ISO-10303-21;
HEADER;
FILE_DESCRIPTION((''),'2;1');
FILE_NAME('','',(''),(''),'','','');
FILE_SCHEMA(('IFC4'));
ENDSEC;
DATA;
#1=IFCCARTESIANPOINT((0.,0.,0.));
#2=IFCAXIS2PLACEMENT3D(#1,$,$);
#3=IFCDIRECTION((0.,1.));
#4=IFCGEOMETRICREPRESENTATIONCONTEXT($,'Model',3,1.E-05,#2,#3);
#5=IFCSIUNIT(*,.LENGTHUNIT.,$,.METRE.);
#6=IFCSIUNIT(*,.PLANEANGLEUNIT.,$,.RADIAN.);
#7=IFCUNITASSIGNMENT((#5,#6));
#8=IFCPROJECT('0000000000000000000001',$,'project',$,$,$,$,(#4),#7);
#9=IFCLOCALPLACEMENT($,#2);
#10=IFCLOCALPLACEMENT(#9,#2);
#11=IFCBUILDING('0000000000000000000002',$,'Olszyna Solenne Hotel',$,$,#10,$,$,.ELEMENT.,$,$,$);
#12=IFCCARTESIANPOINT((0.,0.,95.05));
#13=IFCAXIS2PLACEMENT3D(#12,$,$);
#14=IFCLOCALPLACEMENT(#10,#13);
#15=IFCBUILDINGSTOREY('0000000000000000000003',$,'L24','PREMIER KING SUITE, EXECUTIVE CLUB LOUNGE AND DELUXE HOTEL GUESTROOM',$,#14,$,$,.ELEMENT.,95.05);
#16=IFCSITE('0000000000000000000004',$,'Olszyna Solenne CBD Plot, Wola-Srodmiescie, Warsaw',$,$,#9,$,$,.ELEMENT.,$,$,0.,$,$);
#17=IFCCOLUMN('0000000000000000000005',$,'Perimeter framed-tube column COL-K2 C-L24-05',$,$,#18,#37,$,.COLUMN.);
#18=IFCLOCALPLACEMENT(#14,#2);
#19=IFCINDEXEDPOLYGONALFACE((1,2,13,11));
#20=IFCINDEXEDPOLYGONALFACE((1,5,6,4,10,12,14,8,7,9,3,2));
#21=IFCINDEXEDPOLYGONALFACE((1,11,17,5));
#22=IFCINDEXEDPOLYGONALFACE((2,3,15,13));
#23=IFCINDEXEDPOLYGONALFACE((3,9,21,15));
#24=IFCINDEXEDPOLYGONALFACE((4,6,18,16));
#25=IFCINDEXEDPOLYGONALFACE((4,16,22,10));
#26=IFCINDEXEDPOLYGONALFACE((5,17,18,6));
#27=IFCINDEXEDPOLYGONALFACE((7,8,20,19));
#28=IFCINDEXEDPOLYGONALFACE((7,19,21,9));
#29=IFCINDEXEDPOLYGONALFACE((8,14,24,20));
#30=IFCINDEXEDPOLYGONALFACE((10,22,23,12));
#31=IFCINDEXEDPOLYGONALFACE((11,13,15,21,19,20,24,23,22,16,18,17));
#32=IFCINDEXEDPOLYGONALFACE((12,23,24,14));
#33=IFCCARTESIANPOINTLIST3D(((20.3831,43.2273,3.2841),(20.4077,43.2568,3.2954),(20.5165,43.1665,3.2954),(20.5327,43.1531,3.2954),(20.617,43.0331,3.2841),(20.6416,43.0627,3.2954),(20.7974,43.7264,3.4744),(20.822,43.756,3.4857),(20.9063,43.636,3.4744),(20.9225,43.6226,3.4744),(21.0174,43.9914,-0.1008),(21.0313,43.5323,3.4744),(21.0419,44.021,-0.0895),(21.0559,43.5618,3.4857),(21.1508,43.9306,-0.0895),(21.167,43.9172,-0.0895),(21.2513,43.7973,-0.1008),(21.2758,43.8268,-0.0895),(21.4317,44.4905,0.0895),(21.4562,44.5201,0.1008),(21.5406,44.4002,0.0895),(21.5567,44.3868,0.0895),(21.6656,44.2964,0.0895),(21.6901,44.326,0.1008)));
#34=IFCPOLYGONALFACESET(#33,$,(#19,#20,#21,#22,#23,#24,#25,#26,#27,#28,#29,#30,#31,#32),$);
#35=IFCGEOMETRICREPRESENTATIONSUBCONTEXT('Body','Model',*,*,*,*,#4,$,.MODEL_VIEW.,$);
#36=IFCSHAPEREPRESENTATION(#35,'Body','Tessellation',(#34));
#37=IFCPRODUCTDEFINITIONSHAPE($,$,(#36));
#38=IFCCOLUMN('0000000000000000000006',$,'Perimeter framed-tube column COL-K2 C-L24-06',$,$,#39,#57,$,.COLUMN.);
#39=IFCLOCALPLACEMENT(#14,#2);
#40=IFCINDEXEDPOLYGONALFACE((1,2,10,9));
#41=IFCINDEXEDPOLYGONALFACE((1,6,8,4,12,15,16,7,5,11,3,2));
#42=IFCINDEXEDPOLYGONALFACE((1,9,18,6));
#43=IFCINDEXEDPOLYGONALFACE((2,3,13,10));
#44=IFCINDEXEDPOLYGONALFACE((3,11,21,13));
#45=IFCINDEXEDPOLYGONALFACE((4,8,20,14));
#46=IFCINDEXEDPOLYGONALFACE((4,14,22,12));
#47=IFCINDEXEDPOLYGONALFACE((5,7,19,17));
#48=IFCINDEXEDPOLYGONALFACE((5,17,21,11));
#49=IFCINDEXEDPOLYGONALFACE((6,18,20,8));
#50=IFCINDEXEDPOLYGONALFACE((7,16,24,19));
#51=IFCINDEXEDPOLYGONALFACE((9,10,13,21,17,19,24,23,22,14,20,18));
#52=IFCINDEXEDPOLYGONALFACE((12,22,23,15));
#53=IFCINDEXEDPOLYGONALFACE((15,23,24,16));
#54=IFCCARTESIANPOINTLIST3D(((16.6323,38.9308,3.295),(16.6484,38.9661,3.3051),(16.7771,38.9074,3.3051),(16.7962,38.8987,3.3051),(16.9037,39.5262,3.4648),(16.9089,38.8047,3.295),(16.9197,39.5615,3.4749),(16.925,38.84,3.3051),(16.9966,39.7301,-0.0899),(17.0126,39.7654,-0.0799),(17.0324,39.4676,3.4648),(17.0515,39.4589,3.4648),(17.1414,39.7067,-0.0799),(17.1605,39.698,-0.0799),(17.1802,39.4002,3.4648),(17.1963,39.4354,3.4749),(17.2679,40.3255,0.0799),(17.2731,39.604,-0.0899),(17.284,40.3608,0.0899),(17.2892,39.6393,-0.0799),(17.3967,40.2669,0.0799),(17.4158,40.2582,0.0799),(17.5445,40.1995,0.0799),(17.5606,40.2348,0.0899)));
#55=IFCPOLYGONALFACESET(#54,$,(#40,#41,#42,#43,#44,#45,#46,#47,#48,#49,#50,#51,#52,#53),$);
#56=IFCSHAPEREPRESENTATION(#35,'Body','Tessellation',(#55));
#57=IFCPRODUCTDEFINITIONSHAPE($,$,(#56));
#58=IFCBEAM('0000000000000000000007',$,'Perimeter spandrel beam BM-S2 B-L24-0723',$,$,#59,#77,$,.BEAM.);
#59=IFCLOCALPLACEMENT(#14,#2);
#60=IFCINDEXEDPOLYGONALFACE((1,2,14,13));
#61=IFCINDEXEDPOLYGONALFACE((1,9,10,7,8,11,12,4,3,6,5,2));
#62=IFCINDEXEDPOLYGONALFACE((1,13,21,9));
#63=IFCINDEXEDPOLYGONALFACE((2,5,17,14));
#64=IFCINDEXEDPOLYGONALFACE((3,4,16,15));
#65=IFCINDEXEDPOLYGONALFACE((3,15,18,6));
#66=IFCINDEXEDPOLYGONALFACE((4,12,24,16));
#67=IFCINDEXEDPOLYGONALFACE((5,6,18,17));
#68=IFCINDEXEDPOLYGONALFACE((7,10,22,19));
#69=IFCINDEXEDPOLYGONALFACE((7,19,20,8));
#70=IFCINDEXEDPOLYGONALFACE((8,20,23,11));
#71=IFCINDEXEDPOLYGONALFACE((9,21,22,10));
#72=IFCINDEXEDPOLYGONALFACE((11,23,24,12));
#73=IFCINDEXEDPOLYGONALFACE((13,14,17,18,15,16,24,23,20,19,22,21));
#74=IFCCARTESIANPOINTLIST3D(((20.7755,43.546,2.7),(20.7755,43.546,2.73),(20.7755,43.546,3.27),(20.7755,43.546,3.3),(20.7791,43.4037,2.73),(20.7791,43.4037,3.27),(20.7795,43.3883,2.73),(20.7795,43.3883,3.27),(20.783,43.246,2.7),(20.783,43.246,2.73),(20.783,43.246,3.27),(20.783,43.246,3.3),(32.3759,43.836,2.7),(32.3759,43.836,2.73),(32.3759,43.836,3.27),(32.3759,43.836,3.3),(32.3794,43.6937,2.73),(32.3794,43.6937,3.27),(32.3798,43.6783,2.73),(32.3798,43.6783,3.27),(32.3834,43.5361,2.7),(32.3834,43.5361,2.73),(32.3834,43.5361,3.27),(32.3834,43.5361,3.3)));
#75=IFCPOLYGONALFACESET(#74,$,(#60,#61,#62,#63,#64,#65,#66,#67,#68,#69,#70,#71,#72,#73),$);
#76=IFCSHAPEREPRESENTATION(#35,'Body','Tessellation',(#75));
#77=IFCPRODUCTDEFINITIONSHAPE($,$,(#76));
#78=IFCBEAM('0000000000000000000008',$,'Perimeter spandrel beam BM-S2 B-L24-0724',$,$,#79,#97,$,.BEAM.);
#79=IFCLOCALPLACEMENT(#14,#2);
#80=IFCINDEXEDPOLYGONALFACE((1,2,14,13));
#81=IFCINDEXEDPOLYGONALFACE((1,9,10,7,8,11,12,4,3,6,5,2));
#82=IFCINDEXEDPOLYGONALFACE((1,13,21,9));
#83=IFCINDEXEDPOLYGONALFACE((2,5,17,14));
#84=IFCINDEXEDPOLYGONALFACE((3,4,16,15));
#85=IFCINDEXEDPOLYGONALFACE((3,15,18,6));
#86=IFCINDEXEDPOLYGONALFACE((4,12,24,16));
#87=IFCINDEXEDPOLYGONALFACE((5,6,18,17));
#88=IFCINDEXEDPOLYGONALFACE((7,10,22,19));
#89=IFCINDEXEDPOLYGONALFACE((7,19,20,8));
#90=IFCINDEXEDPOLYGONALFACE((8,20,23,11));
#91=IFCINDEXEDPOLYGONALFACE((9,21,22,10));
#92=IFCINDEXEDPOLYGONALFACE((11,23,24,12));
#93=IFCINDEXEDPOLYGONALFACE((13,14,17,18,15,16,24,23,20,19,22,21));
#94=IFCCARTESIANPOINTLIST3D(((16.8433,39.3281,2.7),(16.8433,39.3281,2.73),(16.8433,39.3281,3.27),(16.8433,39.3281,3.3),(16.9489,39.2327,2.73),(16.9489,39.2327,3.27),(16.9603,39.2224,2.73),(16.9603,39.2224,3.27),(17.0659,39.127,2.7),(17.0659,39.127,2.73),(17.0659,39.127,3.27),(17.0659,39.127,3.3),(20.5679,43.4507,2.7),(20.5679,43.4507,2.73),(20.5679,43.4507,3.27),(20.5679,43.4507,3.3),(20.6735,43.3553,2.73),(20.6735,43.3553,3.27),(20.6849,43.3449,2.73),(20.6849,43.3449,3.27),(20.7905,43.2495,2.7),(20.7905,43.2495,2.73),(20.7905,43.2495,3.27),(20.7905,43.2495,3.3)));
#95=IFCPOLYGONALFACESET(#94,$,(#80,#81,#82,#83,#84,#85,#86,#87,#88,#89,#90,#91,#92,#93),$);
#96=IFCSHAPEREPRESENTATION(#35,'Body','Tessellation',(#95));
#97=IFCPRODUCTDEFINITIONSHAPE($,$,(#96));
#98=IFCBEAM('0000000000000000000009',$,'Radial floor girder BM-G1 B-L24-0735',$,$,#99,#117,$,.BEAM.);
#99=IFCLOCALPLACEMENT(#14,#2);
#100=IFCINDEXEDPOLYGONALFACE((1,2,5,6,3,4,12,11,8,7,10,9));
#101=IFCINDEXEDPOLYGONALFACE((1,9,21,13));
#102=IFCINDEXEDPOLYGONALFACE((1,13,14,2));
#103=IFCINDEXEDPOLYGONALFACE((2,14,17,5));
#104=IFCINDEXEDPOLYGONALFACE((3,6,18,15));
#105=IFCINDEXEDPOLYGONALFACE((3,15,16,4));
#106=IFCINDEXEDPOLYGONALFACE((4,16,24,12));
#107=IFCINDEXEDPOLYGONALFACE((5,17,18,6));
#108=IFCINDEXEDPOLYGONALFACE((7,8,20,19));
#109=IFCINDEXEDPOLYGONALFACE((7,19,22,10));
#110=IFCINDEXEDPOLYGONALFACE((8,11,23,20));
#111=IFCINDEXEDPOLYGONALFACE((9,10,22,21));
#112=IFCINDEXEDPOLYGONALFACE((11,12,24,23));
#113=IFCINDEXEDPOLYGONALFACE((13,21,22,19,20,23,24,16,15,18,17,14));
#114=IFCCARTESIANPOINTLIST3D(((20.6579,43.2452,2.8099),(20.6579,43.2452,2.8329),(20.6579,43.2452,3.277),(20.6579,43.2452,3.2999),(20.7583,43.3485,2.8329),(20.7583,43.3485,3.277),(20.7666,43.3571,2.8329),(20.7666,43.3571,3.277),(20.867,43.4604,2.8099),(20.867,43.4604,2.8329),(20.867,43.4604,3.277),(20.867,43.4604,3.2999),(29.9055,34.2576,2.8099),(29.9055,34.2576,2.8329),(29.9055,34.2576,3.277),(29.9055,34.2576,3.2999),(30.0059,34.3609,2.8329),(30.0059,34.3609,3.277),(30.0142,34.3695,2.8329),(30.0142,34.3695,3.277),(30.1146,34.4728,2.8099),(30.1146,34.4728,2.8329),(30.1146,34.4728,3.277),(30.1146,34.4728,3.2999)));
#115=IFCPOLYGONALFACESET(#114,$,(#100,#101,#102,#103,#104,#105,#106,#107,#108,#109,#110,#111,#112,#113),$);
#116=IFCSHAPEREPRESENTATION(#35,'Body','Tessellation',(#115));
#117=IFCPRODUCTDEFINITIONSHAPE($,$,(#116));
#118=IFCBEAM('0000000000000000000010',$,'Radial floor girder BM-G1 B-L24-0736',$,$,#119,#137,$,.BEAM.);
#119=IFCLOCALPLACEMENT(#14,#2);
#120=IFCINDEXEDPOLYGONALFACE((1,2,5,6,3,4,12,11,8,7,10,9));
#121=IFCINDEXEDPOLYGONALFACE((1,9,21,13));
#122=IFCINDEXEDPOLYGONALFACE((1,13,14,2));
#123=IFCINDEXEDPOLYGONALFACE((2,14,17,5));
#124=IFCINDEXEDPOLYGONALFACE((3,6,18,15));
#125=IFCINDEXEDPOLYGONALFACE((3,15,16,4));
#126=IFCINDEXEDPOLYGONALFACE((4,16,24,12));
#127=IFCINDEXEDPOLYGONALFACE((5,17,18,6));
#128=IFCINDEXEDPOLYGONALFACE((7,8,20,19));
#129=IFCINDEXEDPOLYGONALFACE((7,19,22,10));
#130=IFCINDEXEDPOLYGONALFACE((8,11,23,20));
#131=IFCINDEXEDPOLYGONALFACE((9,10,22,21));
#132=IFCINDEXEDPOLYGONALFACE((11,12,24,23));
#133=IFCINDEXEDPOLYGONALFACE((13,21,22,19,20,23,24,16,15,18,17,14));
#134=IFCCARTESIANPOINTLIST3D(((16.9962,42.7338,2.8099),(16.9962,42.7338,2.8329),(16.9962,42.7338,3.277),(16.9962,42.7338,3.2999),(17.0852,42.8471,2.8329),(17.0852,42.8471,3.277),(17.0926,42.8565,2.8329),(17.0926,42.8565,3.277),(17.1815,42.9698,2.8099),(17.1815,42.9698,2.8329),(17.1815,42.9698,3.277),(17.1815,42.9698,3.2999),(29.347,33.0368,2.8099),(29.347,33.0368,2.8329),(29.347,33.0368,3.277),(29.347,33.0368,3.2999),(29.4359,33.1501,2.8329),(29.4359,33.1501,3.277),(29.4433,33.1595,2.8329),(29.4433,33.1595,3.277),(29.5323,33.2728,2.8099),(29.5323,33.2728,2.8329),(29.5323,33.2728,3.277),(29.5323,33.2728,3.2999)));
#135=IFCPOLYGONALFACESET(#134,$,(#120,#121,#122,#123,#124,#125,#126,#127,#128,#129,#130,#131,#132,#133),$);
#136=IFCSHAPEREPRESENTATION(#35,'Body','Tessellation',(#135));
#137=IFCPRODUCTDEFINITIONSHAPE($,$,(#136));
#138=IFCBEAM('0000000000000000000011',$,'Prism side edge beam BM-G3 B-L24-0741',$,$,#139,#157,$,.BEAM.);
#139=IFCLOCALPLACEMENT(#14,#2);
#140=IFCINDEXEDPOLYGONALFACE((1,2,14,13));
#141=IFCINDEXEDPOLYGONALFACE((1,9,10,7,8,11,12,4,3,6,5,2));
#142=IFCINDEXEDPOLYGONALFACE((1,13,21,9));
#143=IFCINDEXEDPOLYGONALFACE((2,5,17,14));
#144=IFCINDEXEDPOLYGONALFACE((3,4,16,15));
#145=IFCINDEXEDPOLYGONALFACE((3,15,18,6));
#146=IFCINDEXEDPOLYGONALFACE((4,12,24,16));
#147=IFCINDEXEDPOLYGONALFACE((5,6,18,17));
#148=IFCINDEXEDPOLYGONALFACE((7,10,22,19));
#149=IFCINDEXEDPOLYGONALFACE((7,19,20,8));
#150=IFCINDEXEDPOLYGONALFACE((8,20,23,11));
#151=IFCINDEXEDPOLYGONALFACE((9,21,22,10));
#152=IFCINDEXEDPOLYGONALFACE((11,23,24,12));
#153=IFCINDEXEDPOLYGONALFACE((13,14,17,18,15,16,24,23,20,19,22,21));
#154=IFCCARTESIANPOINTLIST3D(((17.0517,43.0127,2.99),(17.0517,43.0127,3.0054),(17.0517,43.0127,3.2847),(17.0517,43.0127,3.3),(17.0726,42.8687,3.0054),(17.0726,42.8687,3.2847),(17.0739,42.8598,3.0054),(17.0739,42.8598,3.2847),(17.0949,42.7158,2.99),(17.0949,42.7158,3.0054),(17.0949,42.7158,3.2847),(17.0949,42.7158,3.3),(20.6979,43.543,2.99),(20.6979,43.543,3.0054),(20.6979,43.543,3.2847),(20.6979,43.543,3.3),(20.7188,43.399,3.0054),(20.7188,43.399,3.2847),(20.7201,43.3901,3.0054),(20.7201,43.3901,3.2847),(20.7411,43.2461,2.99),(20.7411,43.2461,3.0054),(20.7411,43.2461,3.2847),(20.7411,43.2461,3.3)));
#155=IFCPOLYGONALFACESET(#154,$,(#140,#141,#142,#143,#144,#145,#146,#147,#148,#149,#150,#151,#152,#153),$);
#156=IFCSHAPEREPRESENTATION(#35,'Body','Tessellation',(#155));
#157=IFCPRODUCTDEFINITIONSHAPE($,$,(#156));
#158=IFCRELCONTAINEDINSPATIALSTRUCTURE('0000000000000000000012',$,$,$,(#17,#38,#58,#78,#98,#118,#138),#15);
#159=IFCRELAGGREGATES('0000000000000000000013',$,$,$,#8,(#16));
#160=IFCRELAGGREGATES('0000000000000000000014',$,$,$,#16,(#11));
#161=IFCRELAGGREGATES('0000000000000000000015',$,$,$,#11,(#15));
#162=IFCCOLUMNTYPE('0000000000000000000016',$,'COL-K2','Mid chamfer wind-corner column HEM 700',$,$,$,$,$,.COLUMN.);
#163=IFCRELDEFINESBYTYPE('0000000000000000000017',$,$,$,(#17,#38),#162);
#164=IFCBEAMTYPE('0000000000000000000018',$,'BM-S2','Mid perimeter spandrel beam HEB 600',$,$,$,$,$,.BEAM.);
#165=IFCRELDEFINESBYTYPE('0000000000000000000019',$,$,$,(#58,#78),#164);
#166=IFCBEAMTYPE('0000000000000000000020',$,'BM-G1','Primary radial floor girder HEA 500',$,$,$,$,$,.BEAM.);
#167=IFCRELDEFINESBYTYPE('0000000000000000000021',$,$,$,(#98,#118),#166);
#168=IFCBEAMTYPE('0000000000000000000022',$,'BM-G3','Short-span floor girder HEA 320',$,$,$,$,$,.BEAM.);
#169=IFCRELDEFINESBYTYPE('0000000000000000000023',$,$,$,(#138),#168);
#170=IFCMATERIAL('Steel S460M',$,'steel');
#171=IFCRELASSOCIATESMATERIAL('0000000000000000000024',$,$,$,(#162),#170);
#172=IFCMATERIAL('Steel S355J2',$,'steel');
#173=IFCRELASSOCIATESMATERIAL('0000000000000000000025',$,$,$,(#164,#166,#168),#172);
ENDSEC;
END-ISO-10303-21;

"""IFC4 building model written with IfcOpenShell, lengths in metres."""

from ifc_helpers import new_model, si_unit, direction, frame, origin, origin_2d, place, context, subcontext, project, spatial, i_section, extrude, source, transform, mapped, material, material_profile, profile_set, type_object, element, save


model = new_model("IFC4")

# Units and contexts
model_context = context("Model", 3, precision=1e-05, world=origin(), true_north=direction((0.0, 1.0)))
body_context = subcontext(model_context, "Body", "Model", "MODEL_VIEW")
ifc_project = project(units=[si_unit("LENGTHUNIT", "METRE"), si_unit("PLANEANGLEUNIT", "RADIAN")], contexts=[model_context])

# Site, building, storey
site_placement = place(None, origin())
site = spatial("IfcSite", under=ifc_project, at=site_placement, Name="Olszyna Solenne CBD Plot, Wola-Srodmiescie, Warsaw", CompositionType="ELEMENT", RefElevation=0.0)
building_placement = place(site_placement, origin())
building = spatial("IfcBuilding", under=site, at=building_placement, Name="Olszyna Solenne Hotel", CompositionType="ELEMENT")
storey_placement = place(building_placement, frame((0.0, 0.0, 95.05)))
storey = spatial("IfcBuildingStorey", under=building, at=storey_placement, Name="L24", Description="PREMIER KING SUITE, EXECUTIVE CLUB LOUNGE AND DELUXE HOTEL GUESTROOM", CompositionType="ELEMENT", Elevation=95.05)

# Columns
ifc_material_1 = material(Name="Steel S460M", Category="steel")
ifc_material_profile_1 = material_profile(ifc_material_1, i_section(OverallWidth=0.304, OverallDepth=0.7161, WebThickness=0.021, FlangeThickness=0.04, at=origin_2d()), Name="HEM 700", Category="load-bearing")
ifc_profile_set_1 = profile_set([ifc_material_profile_1], Name="Steel S460M")
column_type = type_object("IfcColumnType", Name="COL-K2", Description="Mid chamfer wind-corner column HEM 700", PredefinedType="COLUMN", material=ifc_profile_set_1)
shared_shape_1 = source(origin(), body_context, "Body", "SweptSolid", [
    extrude(i_section(OverallWidth=0.304, OverallDepth=0.7161, WebThickness=0.021, FlangeThickness=0.04, at=origin_2d()), origin(), (0.0, 0.0, 1.0), 3.5276),
])
column_1_placement = place(storey_placement, frame((21.3538, 44.1587, 0.0), z_axis=(-0.1798, -0.216618, 0.959556), x_axis=(0.769469, -0.638684, 0.0)))
element("IfcColumn", 1, at=column_1_placement, inside=storey, type_object=column_type, Name="Perimeter framed-tube column COL-K2 C-L24-05", PredefinedType="COLUMN", context=body_context, shape_type="MappedRepresentation", body=[
    mapped(shared_shape_1, transform((0.0, 0.0, 0.0), x_axis=(1.0, 0.0, 0.0), y_axis=(0.0, 1.0, 0.0), z_axis=(0.0, 0.0, 1.0), scale=1.0)),
])
shared_shape_2 = source(origin(), body_context, "Body", "SweptSolid", [
    extrude(i_section(OverallWidth=0.304, OverallDepth=0.7161, WebThickness=0.021, FlangeThickness=0.04, at=origin_2d()), origin(), (0.0, 0.0, 1.0), 3.4971),
])
column_2_placement = place(storey_placement, frame((17.2786, 39.9824, 0.0), z_axis=(-0.104159, -0.228564, 0.967941), x_axis=(0.909966, -0.414682, 0.0)))
element("IfcColumn", 2, at=column_2_placement, inside=storey, type_object=column_type, Name="Perimeter framed-tube column COL-K2 C-L24-06", PredefinedType="COLUMN", context=body_context, shape_type="MappedRepresentation", body=[
    mapped(shared_shape_2, transform((0.0, 0.0, 0.0), x_axis=(1.0, 0.0, 0.0), y_axis=(0.0, 1.0, 0.0), z_axis=(0.0, 0.0, 1.0), scale=1.0)),
])

# Beams
ifc_material_2 = material(Name="Steel S355J2", Category="steel")
ifc_material_profile_2 = material_profile(ifc_material_2, i_section(OverallWidth=0.3, OverallDepth=0.6001, WebThickness=0.0154, FlangeThickness=0.03, at=origin_2d()), Name="HEB 600", Category="load-bearing")
ifc_profile_set_2 = profile_set([ifc_material_profile_2], Name="Steel S355J2")
beam_type_1 = type_object("IfcBeamType", Name="BM-S2", Description="Mid perimeter spandrel beam HEB 600", PredefinedType="BEAM", material=ifc_profile_set_2)
shared_shape_3 = source(origin(), body_context, "Body", "SweptSolid", [
    extrude(i_section(OverallWidth=0.3, OverallDepth=0.6001, WebThickness=0.0154, FlangeThickness=0.03, at=origin_2d()), origin(), (0.0, 0.0, 1.0), 11.604),
])
beam_1_placement = place(storey_placement, frame((32.3796, 43.686, 3.0), z_axis=(-0.999688, -0.024995, 0.0), x_axis=(0.024995, -0.999688, 0.0)))
element("IfcBeam", 3, at=beam_1_placement, inside=storey, type_object=beam_type_1, Name="Perimeter spandrel beam BM-S2 B-L24-0723", PredefinedType="BEAM", context=body_context, shape_type="MappedRepresentation", body=[
    mapped(shared_shape_3, transform((0.0, 0.0, 0.0), x_axis=(1.0, 0.0, 0.0), y_axis=(0.0, 1.0, 0.0), z_axis=(0.0, 0.0, 1.0), scale=1.0)),
])
shared_shape_4 = source(origin(), body_context, "Body", "SweptSolid", [
    extrude(i_section(OverallWidth=0.3, OverallDepth=0.6001, WebThickness=0.0154, FlangeThickness=0.03, at=origin_2d()), origin(), (0.0, 0.0, 1.0), 5.5559),
])
beam_2_placement = place(storey_placement, frame((20.6792, 43.3501, 3.0), z_axis=(-0.670386, -0.742012, 0.0), x_axis=(0.742012, -0.670386, 0.0)))
element("IfcBeam", 4, at=beam_2_placement, inside=storey, type_object=beam_type_1, Name="Perimeter spandrel beam BM-S2 B-L24-0724", PredefinedType="BEAM", context=body_context, shape_type="MappedRepresentation", body=[
    mapped(shared_shape_4, transform((0.0, 0.0, 0.0), x_axis=(1.0, 0.0, 0.0), y_axis=(0.0, 1.0, 0.0), z_axis=(0.0, 0.0, 1.0), scale=1.0)),
])
ifc_material_profile_3 = material_profile(ifc_material_2, i_section(OverallWidth=0.3, OverallDepth=0.49, WebThickness=0.012, FlangeThickness=0.0229, at=origin_2d()), Name="HEA 500", Category="load-bearing")
ifc_profile_set_3 = profile_set([ifc_material_profile_3], Name="Steel S355J2")
beam_type_2 = type_object("IfcBeamType", Name="BM-G1", Description="Primary radial floor girder HEA 500", PredefinedType="BEAM", material=ifc_profile_set_3)
shared_shape_5 = source(origin(), body_context, "Body", "SweptSolid", [
    extrude(i_section(OverallWidth=0.3, OverallDepth=0.49, WebThickness=0.012, FlangeThickness=0.0229, at=origin_2d()), origin(), (0.0, 0.0, 1.0), 12.8955),
])
beam_3_placement = place(storey_placement, frame((20.7625, 43.3528, 3.0549), z_axis=(0.717116, -0.696953, 0.0), x_axis=(0.696953, 0.717116, 0.0)))
element("IfcBeam", 5, at=beam_3_placement, inside=storey, type_object=beam_type_2, Name="Radial floor girder BM-G1 B-L24-0735", PredefinedType="BEAM", context=body_context, shape_type="MappedRepresentation", body=[
    mapped(shared_shape_5, transform((0.0, 0.0, 0.0), x_axis=(1.0, 0.0, 0.0), y_axis=(0.0, 1.0, 0.0), z_axis=(0.0, 0.0, 1.0), scale=1.0)),
])
shared_shape_6 = source(origin(), body_context, "Body", "SweptSolid", [
    extrude(i_section(OverallWidth=0.3, OverallDepth=0.49, WebThickness=0.012, FlangeThickness=0.0229, at=origin_2d()), origin(), (0.0, 0.0, 1.0), 15.7026),
])
beam_4_placement = place(storey_placement, frame((17.0889, 42.8518, 3.0549), z_axis=(0.786541, -0.617538, 0.0), x_axis=(0.617538, 0.786541, 0.0)))
element("IfcBeam", 6, at=beam_4_placement, inside=storey, type_object=beam_type_2, Name="Radial floor girder BM-G1 B-L24-0736", PredefinedType="BEAM", context=body_context, shape_type="MappedRepresentation", body=[
    mapped(shared_shape_6, transform((0.0, 0.0, 0.0), x_axis=(1.0, 0.0, 0.0), y_axis=(0.0, 1.0, 0.0), z_axis=(0.0, 0.0, 1.0), scale=1.0)),
])
ifc_material_profile_4 = material_profile(ifc_material_2, i_section(OverallWidth=0.3, OverallDepth=0.3101, WebThickness=0.009, FlangeThickness=0.0154, at=origin_2d()), Name="HEA 320", Category="load-bearing")
ifc_profile_set_4 = profile_set([ifc_material_profile_4], Name="Steel S355J2")
beam_type_3 = type_object("IfcBeamType", Name="BM-G3", Description="Short-span floor girder HEA 320", PredefinedType="BEAM", material=ifc_profile_set_4)
shared_shape_7 = source(origin(), body_context, "Body", "SweptSolid", [
    extrude(i_section(OverallWidth=0.3, OverallDepth=0.3101, WebThickness=0.009, FlangeThickness=0.0154, at=origin_2d()), origin(), (0.0, 0.0, 1.0), 3.6846),
])
beam_5_placement = place(storey_placement, frame((20.7195, 43.3945, 3.145), z_axis=(-0.98959, -0.143916, 0.0), x_axis=(0.143916, -0.98959, 0.0)))
element("IfcBeam", 7, at=beam_5_placement, inside=storey, type_object=beam_type_3, Name="Prism side edge beam BM-G3 B-L24-0741", PredefinedType="BEAM", context=body_context, shape_type="MappedRepresentation", body=[
    mapped(shared_shape_7, transform((0.0, 0.0, 0.0), x_axis=(1.0, 0.0, 0.0), y_axis=(0.0, 1.0, 0.0), z_axis=(0.0, 0.0, 1.0), scale=1.0)),
])

save(model, "model.ifc")
